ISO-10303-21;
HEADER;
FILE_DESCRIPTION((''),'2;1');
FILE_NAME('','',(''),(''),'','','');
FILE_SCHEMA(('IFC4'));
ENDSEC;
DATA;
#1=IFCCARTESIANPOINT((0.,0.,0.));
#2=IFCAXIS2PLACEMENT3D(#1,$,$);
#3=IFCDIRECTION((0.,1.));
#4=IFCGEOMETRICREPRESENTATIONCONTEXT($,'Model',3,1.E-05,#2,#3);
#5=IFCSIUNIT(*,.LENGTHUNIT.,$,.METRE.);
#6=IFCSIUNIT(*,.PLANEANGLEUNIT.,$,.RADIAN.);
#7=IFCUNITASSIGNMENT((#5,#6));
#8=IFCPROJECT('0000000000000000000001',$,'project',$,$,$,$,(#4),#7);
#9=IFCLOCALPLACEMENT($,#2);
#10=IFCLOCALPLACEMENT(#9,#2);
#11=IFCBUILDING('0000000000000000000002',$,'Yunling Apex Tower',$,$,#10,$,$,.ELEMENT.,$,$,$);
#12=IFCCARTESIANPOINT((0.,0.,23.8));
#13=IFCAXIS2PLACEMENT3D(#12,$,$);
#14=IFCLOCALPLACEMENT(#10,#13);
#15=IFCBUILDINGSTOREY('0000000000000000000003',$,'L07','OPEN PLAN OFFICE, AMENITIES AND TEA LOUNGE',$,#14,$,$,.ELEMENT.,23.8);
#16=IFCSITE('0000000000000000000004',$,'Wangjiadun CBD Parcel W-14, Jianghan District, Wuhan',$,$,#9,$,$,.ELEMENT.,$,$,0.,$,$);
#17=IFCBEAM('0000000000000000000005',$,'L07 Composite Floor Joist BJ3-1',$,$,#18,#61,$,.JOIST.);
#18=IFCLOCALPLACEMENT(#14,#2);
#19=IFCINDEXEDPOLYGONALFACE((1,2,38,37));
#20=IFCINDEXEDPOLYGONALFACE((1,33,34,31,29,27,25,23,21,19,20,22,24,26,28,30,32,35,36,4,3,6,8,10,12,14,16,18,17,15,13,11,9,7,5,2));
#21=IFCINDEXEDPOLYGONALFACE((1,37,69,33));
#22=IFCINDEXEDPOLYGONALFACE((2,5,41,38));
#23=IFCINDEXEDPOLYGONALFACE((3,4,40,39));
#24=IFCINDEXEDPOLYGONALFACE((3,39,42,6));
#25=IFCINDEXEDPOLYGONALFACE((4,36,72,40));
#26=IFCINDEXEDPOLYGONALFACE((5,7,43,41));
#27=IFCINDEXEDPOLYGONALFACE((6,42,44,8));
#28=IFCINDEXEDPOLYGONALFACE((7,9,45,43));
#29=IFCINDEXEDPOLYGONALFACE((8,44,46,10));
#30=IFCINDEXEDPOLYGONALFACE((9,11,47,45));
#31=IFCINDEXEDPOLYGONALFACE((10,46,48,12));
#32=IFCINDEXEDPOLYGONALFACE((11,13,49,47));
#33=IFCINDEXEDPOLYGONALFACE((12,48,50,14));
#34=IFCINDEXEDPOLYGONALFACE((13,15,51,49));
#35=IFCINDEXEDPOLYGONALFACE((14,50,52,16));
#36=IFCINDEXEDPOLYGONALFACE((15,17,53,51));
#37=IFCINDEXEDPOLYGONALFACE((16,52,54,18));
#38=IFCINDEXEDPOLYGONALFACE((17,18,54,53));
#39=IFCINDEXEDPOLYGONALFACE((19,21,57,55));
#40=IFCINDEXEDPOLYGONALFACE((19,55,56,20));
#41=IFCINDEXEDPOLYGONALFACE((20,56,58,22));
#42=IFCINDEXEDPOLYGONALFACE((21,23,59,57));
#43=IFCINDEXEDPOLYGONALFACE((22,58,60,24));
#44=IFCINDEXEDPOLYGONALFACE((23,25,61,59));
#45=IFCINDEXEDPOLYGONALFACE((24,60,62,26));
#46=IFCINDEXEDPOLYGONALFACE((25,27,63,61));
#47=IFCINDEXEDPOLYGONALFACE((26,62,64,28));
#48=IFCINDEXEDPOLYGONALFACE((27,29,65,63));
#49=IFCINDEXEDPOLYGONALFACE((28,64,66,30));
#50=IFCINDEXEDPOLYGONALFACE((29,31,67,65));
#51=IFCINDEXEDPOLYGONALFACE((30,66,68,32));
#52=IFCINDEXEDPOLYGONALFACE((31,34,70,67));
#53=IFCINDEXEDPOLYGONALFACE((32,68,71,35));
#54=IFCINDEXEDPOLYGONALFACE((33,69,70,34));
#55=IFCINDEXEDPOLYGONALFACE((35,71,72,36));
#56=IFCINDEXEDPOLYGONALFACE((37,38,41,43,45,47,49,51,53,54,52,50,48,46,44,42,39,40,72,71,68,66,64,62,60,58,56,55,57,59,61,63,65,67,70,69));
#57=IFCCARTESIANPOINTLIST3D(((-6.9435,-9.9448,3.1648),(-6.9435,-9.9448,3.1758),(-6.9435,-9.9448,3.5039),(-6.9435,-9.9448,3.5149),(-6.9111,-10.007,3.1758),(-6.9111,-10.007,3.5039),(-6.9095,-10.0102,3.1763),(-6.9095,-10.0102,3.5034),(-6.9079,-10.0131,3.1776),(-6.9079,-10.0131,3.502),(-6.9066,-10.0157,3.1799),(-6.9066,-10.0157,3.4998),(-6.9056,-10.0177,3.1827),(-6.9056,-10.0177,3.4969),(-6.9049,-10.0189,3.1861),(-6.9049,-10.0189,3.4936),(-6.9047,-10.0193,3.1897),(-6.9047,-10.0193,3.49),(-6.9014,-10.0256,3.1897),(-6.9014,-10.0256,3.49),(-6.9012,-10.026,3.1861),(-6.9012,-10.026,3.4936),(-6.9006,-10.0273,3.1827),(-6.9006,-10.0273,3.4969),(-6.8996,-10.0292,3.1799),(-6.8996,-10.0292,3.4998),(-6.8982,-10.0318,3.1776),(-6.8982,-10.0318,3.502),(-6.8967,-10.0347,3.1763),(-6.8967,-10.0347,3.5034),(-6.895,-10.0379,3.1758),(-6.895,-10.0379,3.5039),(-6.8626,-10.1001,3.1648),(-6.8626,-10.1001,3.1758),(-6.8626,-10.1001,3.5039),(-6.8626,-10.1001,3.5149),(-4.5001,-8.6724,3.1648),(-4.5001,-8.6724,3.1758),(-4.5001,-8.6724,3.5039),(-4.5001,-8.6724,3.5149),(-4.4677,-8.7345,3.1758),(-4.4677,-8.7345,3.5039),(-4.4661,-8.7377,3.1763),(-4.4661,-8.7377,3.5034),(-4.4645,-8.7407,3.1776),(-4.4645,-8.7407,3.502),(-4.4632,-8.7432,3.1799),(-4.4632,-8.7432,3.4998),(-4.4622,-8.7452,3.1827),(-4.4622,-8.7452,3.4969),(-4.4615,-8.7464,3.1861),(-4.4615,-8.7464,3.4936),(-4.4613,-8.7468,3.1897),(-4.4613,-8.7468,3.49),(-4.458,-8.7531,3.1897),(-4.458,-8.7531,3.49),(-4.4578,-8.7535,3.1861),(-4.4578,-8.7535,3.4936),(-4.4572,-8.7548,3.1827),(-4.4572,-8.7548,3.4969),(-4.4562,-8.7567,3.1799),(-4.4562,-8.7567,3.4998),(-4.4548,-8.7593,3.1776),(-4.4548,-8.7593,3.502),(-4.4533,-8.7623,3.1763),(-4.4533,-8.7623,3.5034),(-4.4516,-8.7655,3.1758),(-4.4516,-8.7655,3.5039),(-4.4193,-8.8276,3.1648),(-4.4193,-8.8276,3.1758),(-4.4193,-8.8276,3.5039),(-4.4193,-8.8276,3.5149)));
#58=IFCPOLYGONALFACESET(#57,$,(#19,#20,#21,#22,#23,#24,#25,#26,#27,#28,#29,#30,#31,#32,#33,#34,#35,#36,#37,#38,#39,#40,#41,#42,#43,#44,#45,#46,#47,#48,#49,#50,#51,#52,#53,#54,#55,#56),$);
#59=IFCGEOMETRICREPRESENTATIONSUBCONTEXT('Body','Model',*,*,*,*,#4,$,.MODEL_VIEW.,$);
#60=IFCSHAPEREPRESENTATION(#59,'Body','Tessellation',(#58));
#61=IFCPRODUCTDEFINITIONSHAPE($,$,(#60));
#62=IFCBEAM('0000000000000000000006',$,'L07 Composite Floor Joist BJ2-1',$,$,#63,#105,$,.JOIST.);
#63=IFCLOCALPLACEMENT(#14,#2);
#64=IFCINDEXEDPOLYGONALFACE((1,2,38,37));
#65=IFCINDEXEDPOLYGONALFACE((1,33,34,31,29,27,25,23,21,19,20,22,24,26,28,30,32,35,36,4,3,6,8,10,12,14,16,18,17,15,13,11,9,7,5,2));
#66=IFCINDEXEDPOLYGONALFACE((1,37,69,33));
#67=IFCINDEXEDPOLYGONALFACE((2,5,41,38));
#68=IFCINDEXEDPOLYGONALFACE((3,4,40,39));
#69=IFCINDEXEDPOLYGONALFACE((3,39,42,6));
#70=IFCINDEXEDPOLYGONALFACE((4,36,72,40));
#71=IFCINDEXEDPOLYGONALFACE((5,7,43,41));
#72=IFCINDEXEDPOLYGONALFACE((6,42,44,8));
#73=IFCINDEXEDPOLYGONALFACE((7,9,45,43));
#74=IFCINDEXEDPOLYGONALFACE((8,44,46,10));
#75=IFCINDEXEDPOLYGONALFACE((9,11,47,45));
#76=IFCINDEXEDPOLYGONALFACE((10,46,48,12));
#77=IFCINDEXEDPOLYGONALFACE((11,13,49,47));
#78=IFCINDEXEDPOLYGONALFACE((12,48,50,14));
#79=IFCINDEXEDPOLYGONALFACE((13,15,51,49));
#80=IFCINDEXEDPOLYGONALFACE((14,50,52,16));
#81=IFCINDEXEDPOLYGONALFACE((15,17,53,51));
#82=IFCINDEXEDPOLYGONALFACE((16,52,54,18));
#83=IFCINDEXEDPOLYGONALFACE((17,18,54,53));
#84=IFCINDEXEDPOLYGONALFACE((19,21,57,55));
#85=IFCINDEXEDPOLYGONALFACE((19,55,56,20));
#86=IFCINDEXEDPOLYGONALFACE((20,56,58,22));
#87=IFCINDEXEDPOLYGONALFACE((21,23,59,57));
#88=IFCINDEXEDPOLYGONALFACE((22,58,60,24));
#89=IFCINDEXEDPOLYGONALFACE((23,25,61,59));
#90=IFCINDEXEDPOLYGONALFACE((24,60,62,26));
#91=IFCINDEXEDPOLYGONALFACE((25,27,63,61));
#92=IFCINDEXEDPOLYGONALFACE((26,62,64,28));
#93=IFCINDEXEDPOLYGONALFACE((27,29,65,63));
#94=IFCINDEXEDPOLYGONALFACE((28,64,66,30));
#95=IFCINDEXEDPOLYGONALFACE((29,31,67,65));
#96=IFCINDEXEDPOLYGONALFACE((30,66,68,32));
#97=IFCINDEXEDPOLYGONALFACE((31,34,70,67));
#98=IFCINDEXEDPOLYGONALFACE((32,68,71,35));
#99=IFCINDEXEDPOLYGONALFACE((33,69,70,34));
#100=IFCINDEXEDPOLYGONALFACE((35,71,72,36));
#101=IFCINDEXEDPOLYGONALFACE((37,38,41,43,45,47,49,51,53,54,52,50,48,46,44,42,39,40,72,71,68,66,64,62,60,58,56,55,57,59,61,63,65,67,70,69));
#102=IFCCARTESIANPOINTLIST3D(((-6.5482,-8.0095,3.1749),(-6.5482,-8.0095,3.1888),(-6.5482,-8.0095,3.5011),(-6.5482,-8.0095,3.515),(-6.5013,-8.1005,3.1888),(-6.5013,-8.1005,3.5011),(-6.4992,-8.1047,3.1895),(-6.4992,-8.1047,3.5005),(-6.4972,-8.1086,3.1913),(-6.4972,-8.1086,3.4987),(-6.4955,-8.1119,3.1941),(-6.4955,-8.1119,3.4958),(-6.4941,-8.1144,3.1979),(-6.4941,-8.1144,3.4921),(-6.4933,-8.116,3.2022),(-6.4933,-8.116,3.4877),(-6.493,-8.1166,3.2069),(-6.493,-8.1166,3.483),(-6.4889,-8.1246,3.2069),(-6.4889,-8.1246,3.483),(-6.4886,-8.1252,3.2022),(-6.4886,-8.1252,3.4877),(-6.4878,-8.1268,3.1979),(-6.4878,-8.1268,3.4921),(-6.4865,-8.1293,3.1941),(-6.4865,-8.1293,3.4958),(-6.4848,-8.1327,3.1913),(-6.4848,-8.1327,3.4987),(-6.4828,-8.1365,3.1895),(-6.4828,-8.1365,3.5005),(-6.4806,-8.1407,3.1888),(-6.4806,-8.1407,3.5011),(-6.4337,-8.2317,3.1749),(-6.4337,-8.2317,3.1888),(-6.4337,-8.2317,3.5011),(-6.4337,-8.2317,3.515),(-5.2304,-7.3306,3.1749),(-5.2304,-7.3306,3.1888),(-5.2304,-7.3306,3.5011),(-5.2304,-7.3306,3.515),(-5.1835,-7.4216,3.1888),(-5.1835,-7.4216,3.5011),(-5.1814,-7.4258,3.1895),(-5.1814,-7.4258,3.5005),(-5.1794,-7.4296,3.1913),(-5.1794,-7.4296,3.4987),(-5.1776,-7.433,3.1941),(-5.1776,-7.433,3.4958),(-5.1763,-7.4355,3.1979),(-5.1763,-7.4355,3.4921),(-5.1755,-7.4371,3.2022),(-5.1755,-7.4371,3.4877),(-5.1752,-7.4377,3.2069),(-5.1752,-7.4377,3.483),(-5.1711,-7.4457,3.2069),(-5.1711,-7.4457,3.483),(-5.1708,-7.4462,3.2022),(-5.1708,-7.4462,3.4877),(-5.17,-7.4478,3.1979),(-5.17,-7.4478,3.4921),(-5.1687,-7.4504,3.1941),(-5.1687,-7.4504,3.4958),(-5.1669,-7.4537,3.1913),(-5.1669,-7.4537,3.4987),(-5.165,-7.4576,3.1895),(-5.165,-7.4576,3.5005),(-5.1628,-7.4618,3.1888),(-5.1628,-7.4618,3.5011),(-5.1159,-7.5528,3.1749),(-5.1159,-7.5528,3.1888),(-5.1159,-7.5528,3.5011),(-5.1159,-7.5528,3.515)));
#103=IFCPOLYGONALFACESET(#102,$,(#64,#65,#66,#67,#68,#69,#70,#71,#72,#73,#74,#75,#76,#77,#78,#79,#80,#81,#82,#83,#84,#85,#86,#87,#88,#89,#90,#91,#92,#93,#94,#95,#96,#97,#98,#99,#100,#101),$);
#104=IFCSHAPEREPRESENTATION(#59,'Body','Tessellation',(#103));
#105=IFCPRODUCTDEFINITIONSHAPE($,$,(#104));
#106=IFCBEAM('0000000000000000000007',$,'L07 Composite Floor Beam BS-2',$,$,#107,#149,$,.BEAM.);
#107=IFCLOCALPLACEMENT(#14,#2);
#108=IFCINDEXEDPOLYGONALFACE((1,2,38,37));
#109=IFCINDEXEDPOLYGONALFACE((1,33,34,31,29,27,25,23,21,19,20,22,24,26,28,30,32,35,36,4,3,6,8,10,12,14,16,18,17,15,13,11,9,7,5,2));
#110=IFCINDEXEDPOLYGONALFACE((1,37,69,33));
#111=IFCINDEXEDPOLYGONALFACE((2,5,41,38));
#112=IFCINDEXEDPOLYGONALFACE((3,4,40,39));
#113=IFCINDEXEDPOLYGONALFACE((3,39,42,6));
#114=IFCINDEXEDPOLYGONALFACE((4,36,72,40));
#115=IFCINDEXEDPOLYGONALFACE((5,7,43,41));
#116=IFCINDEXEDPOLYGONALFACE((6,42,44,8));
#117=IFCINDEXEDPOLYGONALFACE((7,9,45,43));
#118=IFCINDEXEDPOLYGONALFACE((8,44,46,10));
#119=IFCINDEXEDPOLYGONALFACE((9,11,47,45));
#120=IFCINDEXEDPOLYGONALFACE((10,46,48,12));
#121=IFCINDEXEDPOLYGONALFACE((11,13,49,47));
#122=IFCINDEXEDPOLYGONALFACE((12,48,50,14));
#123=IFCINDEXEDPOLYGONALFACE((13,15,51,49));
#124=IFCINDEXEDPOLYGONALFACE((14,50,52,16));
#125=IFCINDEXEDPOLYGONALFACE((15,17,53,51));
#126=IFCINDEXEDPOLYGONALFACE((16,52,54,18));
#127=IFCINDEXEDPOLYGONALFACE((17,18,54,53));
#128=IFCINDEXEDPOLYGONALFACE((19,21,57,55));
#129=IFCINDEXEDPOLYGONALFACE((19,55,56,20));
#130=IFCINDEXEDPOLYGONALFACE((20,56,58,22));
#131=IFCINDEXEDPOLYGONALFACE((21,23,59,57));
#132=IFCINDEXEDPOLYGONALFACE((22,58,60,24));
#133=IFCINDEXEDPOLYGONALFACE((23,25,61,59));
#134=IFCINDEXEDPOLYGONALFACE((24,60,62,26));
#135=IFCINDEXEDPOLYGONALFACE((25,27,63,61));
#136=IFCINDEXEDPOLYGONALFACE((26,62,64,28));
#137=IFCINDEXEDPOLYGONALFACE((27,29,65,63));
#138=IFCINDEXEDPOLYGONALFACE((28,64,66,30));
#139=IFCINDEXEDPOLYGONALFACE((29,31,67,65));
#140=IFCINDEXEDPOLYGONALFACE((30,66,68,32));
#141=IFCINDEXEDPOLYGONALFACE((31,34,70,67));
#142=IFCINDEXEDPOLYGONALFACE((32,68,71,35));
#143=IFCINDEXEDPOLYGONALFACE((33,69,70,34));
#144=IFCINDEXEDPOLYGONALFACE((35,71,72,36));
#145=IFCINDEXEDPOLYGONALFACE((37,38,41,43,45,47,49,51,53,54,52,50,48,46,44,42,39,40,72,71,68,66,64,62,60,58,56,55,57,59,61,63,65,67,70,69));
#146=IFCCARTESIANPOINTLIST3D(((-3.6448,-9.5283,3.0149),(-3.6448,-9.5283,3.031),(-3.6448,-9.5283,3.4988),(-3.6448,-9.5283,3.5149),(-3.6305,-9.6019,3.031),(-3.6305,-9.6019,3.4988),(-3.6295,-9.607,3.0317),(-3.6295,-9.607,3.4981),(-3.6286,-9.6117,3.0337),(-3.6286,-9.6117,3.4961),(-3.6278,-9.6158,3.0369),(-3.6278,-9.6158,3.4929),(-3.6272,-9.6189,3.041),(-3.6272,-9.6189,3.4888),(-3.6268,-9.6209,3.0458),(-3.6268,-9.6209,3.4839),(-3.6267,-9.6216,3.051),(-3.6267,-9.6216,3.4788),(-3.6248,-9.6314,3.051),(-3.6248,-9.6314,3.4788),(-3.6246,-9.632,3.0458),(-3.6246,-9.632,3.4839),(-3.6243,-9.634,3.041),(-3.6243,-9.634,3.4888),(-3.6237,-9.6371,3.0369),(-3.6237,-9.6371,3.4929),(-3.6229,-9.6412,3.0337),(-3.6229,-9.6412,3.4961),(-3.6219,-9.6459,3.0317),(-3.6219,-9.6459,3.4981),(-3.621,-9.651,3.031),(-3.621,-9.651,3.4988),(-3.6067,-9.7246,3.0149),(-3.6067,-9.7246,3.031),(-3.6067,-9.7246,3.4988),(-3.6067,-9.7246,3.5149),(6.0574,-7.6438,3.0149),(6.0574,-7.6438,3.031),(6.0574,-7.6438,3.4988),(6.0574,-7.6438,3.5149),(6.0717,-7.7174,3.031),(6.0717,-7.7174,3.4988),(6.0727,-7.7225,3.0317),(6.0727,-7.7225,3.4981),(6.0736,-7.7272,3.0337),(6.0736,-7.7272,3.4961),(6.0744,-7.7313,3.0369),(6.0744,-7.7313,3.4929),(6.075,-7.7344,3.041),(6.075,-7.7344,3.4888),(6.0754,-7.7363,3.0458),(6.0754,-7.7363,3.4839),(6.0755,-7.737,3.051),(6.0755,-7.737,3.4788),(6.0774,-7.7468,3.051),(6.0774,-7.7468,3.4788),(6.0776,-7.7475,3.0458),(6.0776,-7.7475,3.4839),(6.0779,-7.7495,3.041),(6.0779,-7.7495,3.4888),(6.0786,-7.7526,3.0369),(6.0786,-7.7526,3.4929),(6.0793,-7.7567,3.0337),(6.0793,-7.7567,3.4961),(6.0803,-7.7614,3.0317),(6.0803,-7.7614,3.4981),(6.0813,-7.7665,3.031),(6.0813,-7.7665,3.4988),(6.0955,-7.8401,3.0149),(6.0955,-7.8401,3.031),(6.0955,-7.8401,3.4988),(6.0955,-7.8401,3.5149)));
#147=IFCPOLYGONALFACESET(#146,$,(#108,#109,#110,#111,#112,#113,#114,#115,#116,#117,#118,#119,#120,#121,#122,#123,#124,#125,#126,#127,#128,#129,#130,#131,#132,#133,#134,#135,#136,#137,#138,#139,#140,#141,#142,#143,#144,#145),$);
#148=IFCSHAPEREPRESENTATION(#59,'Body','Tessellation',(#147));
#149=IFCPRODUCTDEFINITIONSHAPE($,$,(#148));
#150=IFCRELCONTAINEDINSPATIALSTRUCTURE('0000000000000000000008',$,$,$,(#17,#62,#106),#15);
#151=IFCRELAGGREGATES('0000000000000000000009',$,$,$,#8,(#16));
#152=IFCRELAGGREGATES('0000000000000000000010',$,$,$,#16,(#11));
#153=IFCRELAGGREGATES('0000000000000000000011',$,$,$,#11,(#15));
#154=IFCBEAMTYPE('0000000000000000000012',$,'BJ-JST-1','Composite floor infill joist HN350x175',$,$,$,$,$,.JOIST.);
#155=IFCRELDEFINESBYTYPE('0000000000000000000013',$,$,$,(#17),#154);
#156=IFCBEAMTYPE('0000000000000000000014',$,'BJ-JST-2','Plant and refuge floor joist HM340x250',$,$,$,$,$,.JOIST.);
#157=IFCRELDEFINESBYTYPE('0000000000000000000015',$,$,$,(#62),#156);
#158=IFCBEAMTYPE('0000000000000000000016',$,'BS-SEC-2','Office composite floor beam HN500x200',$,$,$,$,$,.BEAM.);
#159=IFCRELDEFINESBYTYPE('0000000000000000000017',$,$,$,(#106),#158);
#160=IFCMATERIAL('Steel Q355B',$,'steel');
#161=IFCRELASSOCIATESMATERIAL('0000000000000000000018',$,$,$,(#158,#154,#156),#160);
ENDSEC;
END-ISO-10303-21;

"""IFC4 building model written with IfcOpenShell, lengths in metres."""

from ifc_helpers import new_model, si_unit, direction, frame, origin, origin_2d, place, context, subcontext, project, spatial, i_section, extrude, source, transform, mapped, material, material_profile, profile_set, type_object, element, save


model = new_model("IFC4")

# Units and contexts
model_context = context("Model", 3, precision=1e-05, world=origin(), true_north=direction((0.0, 1.0)))
body_context = subcontext(model_context, "Body", "Model", "MODEL_VIEW")
ifc_project = project(units=[si_unit("LENGTHUNIT", "METRE"), si_unit("PLANEANGLEUNIT", "RADIAN")], contexts=[model_context])

# Site, building, storey
site_placement = place(None, origin())
site = spatial("IfcSite", under=ifc_project, at=site_placement, Name="Wangjiadun CBD Parcel W-14, Jianghan District, Wuhan", CompositionType="ELEMENT", RefElevation=0.0)
building_placement = place(site_placement, origin())
building = spatial("IfcBuilding", under=site, at=building_placement, Name="Yunling Apex Tower", CompositionType="ELEMENT")
storey_placement = place(building_placement, frame((0.0, 0.0, 23.8)))
storey = spatial("IfcBuildingStorey", under=building, at=storey_placement, Name="L07", Description="OPEN PLAN OFFICE, AMENITIES AND TEA LOUNGE", CompositionType="ELEMENT", Elevation=23.8)

# Beams
ifc_material_1 = material(Name="Steel Q355B", Category="steel")
ifc_material_profile_1 = material_profile(ifc_material_1, i_section(OverallWidth=0.2, OverallDepth=0.5, WebThickness=0.01, FlangeThickness=0.0161, FilletRadius=0.02, at=origin_2d()))
ifc_profile_set_1 = profile_set([ifc_material_profile_1], Name="Steel Q355B")
beam_type_1 = type_object("IfcBeamType", Name="BS-SEC-2", Description="Office composite floor beam HN500x200", PredefinedType="BEAM", material=ifc_profile_set_1)
ifc_material_profile_2 = material_profile(ifc_material_1, i_section(OverallWidth=0.175, OverallDepth=0.3501, WebThickness=0.0071, FlangeThickness=0.011, FilletRadius=0.0139, at=origin_2d()))
ifc_profile_set_2 = profile_set([ifc_material_profile_2], Name="Steel Q355B")
beam_type_2 = type_object("IfcBeamType", Name="BJ-JST-1", Description="Composite floor infill joist HN350x175", PredefinedType="JOIST", material=ifc_profile_set_2)
shared_shape_1 = source(origin(), body_context, "Body", "SweptSolid", [
    extrude(i_section(OverallWidth=0.175, OverallDepth=0.3501, WebThickness=0.0071, FlangeThickness=0.011, FilletRadius=0.0139, at=origin_2d()), origin(), (0.0, 0.0, 1.0), 2.7549),
])
beam_1_placement = place(storey_placement, frame((-6.9031, -10.0225, 3.3398), z_axis=(0.886932, 0.4619, 0.0), x_axis=(-0.4619, 0.886932, 0.0)))
element("IfcBeam", 1, at=beam_1_placement, inside=storey, type_object=beam_type_2, Name="L07 Composite Floor Joist BJ3-1", PredefinedType="JOIST", context=body_context, shape_type="MappedRepresentation", body=[
    mapped(shared_shape_1, transform((0.0, 0.0, 0.0), scale=1.0)),
])
ifc_material_profile_3 = material_profile(ifc_material_1, i_section(OverallWidth=0.25, OverallDepth=0.3401, WebThickness=0.009, FlangeThickness=0.0139, FilletRadius=0.0181, at=origin_2d()))
ifc_profile_set_3 = profile_set([ifc_material_profile_3], Name="Steel Q355B")
beam_type_3 = type_object("IfcBeamType", Name="BJ-JST-2", Description="Plant and refuge floor joist HM340x250", PredefinedType="JOIST", material=ifc_profile_set_3)
shared_shape_2 = source(origin(), body_context, "Body", "SweptSolid", [
    extrude(i_section(OverallWidth=0.25, OverallDepth=0.3401, WebThickness=0.009, FlangeThickness=0.0139, FilletRadius=0.0181, at=origin_2d()), origin(), (0.0, 0.0, 1.0), 1.4824),
])
beam_2_placement = place(storey_placement, frame((-6.491, -8.1206, 3.345), z_axis=(0.88896, 0.457984, 0.0), x_axis=(-0.457984, 0.88896, 0.0)))
element("IfcBeam", 2, at=beam_2_placement, inside=storey, type_object=beam_type_3, Name="L07 Composite Floor Joist BJ2-1", PredefinedType="JOIST", context=body_context, shape_type="MappedRepresentation", body=[
    mapped(shared_shape_2, transform((0.0, 0.0, 0.0), scale=1.0)),
])
shared_shape_3 = source(origin(), body_context, "Body", "SweptSolid", [
    extrude(i_section(OverallWidth=0.2, OverallDepth=0.5, WebThickness=0.01, FlangeThickness=0.0161, FilletRadius=0.02, at=origin_2d()), origin(), (0.0, 0.0, 1.0), 9.8835),
])
beam_3_placement = place(storey_placement, frame((-3.6257, -9.6265, 3.2649), z_axis=(0.981653, 0.190674, 0.0), x_axis=(-0.190674, 0.981653, 0.0)))
element("IfcBeam", 3, at=beam_3_placement, inside=storey, type_object=beam_type_1, Name="L07 Composite Floor Beam BS-2", PredefinedType="BEAM", context=body_context, shape_type="MappedRepresentation", body=[
    mapped(shared_shape_3, transform((0.0, 0.0, 0.0), scale=1.0)),
])

save(model, "model.ifc")
